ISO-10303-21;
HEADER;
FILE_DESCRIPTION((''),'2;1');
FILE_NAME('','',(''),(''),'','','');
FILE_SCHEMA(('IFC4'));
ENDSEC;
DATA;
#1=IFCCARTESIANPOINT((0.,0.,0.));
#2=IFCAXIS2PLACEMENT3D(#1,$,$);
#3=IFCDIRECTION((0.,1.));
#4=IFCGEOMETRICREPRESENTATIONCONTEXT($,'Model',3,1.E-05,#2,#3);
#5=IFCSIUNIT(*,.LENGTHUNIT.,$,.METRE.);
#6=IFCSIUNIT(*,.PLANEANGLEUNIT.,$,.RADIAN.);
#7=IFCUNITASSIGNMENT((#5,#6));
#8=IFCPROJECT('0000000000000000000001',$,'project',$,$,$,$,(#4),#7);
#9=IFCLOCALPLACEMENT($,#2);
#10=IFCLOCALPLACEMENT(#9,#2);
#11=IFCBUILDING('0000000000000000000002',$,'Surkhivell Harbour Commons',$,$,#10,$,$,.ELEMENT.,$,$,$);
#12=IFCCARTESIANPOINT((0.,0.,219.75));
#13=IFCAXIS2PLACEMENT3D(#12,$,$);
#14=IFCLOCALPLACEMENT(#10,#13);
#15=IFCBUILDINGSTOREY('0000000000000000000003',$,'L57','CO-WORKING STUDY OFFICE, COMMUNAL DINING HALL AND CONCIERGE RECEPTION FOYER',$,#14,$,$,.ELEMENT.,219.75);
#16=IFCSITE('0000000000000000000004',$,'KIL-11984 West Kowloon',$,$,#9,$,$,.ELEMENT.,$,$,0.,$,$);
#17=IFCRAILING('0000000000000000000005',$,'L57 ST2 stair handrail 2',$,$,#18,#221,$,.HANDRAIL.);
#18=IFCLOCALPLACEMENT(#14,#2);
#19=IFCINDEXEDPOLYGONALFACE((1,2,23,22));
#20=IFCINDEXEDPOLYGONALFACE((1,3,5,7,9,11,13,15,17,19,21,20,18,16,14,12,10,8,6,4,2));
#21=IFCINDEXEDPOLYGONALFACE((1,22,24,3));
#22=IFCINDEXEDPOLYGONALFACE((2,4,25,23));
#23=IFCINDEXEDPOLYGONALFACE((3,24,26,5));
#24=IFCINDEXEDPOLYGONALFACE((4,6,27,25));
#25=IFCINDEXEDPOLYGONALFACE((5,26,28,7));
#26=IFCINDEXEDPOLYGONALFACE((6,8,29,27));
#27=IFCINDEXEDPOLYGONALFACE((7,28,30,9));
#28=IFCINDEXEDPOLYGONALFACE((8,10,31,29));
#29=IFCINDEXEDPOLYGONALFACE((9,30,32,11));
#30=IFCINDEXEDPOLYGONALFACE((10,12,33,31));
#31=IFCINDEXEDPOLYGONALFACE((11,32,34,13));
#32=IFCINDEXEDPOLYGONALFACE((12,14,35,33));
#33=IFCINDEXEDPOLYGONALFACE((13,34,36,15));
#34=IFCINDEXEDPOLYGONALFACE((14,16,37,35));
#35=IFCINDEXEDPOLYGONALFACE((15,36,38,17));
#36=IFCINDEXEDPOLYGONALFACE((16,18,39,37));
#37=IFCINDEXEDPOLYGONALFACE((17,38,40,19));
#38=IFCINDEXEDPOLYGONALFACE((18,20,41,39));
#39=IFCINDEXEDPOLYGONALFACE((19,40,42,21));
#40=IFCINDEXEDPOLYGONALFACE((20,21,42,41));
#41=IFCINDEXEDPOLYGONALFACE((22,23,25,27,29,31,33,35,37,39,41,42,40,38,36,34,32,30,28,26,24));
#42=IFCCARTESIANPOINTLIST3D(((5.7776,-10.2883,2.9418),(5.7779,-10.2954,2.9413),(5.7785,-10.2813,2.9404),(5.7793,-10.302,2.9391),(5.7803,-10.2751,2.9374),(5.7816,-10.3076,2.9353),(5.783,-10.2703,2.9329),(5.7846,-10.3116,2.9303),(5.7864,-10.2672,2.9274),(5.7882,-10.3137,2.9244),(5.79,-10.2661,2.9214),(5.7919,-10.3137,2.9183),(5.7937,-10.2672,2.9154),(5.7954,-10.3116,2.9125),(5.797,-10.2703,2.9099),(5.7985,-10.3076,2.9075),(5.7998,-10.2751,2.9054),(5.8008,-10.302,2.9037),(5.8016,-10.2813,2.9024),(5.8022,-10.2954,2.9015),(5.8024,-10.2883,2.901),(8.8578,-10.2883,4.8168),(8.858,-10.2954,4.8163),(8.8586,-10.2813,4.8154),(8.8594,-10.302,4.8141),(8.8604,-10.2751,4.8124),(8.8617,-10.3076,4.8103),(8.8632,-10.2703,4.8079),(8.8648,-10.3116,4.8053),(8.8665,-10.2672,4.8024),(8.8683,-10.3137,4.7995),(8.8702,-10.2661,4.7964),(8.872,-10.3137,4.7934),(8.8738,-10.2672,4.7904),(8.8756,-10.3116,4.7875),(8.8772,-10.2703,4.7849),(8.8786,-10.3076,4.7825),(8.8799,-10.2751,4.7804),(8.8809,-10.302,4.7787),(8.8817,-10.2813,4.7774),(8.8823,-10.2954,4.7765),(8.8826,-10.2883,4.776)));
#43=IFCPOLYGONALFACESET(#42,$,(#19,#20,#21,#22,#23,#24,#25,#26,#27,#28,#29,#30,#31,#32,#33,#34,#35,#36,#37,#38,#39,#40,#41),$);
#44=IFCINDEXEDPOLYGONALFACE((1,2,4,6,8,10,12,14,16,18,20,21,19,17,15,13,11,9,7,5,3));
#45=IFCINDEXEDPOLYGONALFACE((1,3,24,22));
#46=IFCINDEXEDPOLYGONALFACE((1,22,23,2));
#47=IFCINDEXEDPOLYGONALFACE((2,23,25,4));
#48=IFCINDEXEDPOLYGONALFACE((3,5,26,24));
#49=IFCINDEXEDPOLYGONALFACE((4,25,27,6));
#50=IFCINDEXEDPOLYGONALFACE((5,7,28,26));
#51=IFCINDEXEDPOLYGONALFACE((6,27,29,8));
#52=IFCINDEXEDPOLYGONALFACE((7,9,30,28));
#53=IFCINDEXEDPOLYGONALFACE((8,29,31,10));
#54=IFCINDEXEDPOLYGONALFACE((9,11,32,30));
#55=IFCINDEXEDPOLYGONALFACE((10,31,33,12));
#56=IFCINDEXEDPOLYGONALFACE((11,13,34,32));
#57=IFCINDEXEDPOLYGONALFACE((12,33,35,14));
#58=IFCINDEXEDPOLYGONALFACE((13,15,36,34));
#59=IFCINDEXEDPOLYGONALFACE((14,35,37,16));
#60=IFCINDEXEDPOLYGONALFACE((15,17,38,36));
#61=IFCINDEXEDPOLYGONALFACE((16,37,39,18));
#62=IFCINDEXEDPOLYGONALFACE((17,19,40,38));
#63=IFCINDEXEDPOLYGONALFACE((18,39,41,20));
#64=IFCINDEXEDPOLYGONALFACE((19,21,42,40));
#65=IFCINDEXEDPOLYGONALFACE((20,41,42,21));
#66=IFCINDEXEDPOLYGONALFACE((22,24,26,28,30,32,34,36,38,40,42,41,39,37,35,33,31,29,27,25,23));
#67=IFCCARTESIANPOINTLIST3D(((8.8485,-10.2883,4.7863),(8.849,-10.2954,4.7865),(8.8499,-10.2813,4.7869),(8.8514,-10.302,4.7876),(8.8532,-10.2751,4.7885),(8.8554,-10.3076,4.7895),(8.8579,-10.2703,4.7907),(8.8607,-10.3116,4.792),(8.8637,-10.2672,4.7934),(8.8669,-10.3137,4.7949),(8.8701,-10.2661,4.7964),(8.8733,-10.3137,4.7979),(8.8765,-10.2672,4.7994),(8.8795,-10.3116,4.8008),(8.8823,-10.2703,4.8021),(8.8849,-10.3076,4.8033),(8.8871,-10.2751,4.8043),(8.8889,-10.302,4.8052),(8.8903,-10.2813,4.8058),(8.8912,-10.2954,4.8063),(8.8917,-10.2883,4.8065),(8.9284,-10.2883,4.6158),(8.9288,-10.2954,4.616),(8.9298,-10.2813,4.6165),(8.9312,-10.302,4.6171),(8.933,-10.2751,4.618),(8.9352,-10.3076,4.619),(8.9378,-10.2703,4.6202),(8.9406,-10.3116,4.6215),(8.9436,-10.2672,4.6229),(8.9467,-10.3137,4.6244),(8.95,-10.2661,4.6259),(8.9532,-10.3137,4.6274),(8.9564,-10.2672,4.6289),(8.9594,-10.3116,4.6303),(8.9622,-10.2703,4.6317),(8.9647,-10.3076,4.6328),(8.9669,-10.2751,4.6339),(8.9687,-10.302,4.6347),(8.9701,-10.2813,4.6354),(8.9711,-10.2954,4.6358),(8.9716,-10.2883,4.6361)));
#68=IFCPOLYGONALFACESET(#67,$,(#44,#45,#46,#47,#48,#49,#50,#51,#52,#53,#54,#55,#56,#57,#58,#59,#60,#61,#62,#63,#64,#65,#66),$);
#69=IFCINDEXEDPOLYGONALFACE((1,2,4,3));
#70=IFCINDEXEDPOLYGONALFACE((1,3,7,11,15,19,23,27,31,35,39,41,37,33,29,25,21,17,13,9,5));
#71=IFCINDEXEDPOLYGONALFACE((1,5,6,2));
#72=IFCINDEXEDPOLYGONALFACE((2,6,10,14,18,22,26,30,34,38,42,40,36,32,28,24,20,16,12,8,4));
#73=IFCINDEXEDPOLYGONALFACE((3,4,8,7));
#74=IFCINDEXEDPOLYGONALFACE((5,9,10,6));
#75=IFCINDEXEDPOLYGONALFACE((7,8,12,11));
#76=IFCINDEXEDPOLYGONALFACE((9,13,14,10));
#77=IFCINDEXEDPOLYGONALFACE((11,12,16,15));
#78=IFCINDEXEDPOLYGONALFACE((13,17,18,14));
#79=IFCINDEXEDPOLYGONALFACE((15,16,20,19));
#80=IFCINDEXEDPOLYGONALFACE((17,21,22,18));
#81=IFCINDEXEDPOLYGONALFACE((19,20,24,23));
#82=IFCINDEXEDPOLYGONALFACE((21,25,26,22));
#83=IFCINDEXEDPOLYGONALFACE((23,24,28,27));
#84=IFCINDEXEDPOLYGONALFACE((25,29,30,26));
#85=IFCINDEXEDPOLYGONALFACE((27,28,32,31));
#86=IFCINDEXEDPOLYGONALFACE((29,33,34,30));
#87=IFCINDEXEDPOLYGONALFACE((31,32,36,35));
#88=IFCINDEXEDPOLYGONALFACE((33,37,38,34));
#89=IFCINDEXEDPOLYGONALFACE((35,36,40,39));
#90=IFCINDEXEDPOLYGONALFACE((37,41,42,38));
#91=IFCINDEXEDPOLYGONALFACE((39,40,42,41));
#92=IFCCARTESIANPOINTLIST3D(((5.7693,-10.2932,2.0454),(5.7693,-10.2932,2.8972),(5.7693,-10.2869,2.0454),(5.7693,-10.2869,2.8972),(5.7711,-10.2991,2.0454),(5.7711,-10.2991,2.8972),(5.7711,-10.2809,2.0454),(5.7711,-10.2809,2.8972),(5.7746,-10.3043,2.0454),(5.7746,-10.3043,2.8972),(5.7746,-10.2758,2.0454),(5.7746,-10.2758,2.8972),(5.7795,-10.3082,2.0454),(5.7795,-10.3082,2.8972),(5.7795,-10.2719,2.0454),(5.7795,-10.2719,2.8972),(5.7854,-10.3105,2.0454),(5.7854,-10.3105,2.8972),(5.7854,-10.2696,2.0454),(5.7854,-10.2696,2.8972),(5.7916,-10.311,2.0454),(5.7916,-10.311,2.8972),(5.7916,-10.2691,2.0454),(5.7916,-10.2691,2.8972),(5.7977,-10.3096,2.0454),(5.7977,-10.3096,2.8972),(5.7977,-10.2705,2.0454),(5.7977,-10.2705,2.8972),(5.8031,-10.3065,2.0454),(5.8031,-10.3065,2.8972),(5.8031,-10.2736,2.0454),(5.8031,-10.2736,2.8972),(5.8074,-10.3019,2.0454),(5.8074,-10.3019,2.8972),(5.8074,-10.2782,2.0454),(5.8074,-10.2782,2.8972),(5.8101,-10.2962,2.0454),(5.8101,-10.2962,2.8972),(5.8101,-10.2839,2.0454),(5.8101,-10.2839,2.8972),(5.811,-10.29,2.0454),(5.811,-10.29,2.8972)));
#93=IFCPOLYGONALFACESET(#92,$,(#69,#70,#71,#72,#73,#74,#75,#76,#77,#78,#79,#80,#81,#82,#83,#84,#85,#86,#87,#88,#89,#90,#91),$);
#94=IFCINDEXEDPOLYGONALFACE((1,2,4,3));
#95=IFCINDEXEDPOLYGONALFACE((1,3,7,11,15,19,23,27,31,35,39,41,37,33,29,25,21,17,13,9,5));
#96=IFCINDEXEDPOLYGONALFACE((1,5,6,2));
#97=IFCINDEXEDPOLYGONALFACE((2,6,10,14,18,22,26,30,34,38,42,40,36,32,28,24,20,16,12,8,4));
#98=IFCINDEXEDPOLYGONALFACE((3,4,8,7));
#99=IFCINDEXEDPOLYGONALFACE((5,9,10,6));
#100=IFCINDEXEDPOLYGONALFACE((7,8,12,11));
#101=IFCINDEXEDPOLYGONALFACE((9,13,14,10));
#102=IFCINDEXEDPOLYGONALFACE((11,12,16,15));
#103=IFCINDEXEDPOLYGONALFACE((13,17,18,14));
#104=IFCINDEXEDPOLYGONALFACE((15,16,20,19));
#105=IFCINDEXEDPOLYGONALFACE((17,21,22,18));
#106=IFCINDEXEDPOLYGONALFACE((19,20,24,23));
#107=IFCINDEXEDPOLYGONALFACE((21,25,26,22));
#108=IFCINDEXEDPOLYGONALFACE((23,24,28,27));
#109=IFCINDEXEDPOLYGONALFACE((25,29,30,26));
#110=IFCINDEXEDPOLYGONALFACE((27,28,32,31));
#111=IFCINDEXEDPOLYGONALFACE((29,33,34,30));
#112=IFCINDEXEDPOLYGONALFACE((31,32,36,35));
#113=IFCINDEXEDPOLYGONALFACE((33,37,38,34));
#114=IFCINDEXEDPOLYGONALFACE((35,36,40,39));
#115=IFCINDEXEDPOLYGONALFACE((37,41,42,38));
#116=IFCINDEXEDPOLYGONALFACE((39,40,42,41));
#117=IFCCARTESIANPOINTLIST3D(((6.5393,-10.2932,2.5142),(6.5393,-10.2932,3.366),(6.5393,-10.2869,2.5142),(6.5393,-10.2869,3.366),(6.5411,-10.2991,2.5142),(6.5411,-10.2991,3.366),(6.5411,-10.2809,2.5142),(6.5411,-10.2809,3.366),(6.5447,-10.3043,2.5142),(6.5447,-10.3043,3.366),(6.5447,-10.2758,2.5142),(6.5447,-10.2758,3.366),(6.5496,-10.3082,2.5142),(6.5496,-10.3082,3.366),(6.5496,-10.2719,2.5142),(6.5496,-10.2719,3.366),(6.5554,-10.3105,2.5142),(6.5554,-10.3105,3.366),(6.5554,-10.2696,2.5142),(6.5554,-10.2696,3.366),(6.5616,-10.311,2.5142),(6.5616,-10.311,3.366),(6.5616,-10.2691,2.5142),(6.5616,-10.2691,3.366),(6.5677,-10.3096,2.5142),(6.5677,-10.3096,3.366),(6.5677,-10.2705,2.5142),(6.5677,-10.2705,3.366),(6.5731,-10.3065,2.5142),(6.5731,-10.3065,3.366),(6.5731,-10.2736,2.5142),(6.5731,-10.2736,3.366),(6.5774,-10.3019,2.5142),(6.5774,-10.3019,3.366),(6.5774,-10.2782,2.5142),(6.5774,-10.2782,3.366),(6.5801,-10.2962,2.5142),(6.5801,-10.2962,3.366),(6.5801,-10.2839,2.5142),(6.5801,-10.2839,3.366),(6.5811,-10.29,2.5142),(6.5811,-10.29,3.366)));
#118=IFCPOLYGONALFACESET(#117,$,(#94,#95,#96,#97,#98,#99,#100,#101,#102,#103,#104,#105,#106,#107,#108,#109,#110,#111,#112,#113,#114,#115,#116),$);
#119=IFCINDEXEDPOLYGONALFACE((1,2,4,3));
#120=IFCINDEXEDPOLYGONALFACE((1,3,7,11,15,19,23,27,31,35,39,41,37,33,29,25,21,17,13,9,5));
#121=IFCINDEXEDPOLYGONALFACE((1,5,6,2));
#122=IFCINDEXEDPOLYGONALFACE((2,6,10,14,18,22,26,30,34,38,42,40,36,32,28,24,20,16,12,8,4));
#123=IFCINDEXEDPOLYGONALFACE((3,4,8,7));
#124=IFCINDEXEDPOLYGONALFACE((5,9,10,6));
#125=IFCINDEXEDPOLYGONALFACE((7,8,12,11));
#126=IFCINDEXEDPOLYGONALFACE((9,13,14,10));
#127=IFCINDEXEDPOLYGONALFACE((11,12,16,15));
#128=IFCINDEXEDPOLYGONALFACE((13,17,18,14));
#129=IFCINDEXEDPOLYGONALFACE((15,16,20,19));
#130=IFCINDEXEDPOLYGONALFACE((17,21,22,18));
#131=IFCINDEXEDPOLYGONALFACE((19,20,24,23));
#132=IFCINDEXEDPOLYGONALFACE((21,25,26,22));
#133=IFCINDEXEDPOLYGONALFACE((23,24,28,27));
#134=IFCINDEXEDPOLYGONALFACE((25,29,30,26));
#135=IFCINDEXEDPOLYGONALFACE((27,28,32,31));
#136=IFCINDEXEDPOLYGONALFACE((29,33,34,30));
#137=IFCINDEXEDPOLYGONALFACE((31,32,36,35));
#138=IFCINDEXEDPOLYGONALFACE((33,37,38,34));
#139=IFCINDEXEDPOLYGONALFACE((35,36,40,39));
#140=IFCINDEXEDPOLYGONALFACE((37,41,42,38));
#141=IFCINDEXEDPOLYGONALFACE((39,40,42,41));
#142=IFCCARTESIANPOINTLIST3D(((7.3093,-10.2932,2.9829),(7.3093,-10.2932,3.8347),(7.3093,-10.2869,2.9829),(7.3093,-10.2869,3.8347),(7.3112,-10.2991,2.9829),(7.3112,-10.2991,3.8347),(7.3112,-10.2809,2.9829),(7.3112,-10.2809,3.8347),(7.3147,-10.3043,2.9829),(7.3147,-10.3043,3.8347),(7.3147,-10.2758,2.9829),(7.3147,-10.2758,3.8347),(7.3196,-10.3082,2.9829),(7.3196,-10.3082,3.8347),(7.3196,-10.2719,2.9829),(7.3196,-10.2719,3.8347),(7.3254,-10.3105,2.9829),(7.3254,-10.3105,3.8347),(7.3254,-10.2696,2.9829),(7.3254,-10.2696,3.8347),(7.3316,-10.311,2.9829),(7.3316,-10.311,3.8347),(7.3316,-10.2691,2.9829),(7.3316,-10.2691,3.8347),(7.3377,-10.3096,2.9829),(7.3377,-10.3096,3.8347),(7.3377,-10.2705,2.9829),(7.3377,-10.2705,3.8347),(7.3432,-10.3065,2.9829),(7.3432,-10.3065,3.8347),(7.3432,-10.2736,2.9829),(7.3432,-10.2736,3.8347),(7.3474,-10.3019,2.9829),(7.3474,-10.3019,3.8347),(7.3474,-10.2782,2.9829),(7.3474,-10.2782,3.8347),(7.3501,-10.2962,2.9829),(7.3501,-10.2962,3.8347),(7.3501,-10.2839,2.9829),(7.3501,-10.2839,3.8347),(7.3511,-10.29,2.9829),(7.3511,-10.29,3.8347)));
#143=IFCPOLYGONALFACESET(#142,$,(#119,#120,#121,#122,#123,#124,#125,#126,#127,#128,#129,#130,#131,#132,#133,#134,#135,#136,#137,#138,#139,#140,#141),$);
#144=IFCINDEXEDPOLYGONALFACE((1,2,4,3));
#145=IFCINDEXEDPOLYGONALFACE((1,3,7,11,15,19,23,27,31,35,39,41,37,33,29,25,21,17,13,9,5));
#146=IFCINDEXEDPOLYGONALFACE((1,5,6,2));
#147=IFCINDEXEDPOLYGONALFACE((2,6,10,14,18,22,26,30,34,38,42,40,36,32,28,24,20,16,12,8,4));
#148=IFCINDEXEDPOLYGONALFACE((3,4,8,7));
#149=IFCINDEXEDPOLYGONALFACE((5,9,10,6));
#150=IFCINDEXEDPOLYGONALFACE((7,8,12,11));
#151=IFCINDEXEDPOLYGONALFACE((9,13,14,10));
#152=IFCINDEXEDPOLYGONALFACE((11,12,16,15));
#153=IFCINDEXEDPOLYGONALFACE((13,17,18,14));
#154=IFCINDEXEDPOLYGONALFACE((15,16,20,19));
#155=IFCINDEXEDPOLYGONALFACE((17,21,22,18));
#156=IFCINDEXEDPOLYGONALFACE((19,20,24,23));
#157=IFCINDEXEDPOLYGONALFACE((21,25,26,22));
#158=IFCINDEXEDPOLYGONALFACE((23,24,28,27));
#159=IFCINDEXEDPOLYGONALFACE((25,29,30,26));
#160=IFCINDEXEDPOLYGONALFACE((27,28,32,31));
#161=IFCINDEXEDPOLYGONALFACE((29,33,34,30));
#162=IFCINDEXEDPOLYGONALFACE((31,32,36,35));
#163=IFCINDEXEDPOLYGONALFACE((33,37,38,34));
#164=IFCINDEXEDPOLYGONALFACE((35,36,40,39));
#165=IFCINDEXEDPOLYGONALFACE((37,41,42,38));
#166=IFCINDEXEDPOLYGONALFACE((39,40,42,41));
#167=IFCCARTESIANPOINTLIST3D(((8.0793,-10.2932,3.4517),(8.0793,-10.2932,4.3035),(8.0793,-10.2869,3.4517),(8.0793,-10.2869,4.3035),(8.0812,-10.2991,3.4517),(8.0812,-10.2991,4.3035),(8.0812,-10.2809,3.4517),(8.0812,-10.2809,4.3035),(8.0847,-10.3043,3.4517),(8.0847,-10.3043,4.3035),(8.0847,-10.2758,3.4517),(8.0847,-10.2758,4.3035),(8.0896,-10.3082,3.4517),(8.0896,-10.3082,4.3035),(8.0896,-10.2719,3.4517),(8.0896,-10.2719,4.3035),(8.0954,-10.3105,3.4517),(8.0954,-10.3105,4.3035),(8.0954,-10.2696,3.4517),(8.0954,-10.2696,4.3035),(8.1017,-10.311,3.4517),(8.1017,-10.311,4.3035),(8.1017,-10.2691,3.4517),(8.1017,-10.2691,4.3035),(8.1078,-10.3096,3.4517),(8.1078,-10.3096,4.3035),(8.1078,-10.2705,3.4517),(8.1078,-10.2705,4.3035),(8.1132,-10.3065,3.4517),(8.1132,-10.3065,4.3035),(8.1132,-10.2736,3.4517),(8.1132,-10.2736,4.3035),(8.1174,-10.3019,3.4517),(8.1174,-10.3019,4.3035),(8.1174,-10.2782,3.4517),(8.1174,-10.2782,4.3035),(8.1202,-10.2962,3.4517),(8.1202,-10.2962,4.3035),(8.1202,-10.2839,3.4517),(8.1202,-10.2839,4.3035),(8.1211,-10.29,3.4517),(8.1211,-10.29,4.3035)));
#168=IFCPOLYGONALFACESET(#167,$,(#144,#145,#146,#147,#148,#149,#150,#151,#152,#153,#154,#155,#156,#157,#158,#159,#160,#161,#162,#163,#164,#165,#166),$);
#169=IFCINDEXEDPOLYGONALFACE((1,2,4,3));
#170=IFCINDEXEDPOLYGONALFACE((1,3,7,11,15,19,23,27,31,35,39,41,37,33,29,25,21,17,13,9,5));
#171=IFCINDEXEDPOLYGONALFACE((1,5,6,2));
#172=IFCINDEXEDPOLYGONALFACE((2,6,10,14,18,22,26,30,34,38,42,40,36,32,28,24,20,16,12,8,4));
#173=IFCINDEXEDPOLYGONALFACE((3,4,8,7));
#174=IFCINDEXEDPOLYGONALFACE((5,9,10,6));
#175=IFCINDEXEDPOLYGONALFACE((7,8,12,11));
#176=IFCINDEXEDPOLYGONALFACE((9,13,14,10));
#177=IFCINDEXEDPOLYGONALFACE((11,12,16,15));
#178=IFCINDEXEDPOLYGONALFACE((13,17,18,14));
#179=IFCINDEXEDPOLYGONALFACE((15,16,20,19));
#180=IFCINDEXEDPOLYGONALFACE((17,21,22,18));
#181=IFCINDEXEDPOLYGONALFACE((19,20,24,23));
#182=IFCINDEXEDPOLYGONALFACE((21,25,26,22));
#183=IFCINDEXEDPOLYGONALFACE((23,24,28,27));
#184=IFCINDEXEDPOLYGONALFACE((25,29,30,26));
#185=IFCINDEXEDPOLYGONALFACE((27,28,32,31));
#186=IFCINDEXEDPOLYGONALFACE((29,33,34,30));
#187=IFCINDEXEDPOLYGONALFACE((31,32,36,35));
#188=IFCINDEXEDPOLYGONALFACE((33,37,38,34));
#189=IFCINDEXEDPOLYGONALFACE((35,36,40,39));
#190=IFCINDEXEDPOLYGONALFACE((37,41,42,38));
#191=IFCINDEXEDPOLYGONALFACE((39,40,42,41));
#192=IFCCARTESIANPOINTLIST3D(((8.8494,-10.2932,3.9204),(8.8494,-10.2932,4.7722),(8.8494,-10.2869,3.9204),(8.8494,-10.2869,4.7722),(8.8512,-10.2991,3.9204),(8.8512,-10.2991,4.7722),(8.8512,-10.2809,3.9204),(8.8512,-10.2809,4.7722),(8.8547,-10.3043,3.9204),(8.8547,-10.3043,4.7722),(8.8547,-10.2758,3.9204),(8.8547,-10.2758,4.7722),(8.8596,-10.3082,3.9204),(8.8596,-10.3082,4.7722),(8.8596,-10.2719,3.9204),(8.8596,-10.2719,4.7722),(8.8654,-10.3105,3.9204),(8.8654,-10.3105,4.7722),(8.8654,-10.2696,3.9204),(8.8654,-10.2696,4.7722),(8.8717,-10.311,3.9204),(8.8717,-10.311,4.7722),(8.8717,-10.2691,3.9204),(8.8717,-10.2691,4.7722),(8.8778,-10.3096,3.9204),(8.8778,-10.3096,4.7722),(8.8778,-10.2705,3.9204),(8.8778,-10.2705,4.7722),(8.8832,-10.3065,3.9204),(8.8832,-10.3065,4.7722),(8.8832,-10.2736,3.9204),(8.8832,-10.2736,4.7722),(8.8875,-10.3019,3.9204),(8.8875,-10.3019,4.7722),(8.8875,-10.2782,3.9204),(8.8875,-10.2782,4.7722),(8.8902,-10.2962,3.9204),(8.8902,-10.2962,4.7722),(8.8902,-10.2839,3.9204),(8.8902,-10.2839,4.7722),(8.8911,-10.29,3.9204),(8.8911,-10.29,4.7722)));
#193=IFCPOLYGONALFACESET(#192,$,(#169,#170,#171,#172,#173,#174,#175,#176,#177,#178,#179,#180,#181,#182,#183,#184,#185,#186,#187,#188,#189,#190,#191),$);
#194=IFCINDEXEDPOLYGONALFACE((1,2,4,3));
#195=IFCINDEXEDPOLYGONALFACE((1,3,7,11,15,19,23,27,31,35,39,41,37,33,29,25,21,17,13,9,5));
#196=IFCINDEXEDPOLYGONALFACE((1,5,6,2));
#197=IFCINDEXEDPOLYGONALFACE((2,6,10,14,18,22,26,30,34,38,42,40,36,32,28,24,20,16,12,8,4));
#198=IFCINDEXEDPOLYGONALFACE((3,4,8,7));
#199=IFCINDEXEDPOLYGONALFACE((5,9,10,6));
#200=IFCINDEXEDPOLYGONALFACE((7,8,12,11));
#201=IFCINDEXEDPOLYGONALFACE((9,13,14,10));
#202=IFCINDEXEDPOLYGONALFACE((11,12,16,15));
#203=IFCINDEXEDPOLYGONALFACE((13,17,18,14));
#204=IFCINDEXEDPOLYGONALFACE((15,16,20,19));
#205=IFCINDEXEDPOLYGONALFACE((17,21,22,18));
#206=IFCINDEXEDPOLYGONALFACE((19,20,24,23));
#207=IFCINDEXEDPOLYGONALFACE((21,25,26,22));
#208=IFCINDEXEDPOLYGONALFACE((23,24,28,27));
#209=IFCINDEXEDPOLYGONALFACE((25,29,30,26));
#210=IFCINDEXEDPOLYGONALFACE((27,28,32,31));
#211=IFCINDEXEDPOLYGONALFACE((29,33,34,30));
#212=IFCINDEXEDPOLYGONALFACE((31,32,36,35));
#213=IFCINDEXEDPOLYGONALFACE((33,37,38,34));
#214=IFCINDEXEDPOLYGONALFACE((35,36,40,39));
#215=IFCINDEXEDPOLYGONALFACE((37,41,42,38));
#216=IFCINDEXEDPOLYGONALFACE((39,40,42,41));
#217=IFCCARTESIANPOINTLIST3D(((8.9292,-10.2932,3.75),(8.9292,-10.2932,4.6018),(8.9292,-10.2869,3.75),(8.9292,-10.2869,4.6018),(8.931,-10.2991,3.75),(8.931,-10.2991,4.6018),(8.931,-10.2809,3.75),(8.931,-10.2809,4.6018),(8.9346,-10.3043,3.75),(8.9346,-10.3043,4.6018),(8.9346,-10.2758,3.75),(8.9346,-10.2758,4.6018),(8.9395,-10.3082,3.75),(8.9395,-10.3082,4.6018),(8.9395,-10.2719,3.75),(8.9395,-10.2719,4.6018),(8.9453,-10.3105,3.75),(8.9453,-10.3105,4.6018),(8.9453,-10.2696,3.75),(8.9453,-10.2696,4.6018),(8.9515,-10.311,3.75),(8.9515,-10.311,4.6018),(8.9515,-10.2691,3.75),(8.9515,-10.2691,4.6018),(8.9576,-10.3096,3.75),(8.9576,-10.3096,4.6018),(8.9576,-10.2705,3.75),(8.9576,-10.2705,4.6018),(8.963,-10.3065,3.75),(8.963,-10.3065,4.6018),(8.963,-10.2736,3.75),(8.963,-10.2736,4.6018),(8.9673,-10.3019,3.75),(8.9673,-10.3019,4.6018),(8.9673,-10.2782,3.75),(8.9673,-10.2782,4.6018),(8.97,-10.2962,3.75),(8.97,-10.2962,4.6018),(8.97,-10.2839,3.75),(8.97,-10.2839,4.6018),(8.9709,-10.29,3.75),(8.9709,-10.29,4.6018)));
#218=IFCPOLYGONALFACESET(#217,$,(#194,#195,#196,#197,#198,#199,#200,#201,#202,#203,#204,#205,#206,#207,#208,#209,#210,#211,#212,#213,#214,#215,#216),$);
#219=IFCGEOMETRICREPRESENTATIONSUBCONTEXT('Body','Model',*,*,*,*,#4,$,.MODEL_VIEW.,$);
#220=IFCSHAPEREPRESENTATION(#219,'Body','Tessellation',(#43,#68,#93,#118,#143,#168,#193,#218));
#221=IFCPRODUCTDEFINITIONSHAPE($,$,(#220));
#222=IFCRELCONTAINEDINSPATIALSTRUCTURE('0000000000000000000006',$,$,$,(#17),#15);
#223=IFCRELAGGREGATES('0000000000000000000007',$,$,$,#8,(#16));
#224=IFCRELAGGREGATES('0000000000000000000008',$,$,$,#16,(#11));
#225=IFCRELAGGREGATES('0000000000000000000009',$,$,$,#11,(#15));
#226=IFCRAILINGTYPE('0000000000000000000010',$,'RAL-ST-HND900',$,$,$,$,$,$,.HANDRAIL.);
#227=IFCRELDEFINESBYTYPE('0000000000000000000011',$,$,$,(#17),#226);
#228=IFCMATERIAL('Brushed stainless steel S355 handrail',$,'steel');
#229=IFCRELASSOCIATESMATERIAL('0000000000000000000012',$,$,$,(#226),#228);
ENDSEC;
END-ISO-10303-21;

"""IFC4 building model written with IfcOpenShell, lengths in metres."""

from ifc_helpers import new_model, si_unit, direction, frame, origin, origin_2d, place, context, subcontext, project, spatial, circle, extrude, material, type_object, element, save


model = new_model("IFC4")

# Units and contexts
model_context = context("Model", 3, precision=1e-05, world=origin(), true_north=direction((0.0, 1.0)))
body_context = subcontext(model_context, "Body", "Model", "MODEL_VIEW")
ifc_project = project(units=[si_unit("LENGTHUNIT", "METRE"), si_unit("PLANEANGLEUNIT", "RADIAN")], contexts=[model_context])

# Site, building, storey
site_placement = place(None, origin())
site = spatial("IfcSite", under=ifc_project, at=site_placement, Name="KIL-11984 West Kowloon", CompositionType="ELEMENT", RefElevation=0.0)
building_placement = place(site_placement, origin())
building = spatial("IfcBuilding", under=site, at=building_placement, Name="Surkhivell Harbour Commons", CompositionType="ELEMENT")
storey_placement = place(building_placement, frame((0.0, 0.0, 219.75)))
storey = spatial("IfcBuildingStorey", under=building, at=storey_placement, Name="L57", Description="CO-WORKING STUDY OFFICE, COMMUNAL DINING HALL AND CONCIERGE RECEPTION FOYER", CompositionType="ELEMENT", Elevation=219.75)

# Railing
ifc_material_1 = material(Name="Brushed stainless steel S355 handrail", Category="steel")
railing_type_1 = type_object("IfcRailingType", Name="RAL-ST-HND900", PredefinedType="HANDRAIL", material=ifc_material_1)
railing_1_placement = place(storey_placement, frame((5.79, -10.29, 2.0454)))
element("IfcRailing", 1, at=railing_1_placement, inside=storey, type_object=railing_type_1, Name="L57 ST2 stair handrail 2", PredefinedType="HANDRAIL", context=body_context, shape_type="SweptSolid", body=[
    extrude(circle(Radius=0.0239, at=origin_2d()), frame((0.0, 0.0, 0.876), z_axis=(0.854178, 0.0, 0.519981), x_axis=(0.0, 1.0, 0.0)), (0.0, 0.0, 1.0), 3.606),
    extrude(circle(Radius=0.0239, at=origin_2d()), frame((3.0801, 0.0, 2.751), z_axis=(0.424234, 0.0, -0.905552), x_axis=(0.0, 1.0, 0.0)), (0.0, 0.0, 1.0), 0.1882),
    extrude(circle(Radius=0.021, at=origin_2d()), origin(), (0.0, 0.0, 1.0), 0.8518),
    extrude(circle(Radius=0.021, at=origin_2d()), frame((0.77, 0.0, 0.4688)), (0.0, 0.0, 1.0), 0.8518),
    extrude(circle(Radius=0.021, at=origin_2d()), frame((1.54, 0.0, 0.9375)), (0.0, 0.0, 1.0), 0.8518),
    extrude(circle(Radius=0.021, at=origin_2d()), frame((2.3101, 0.0, 1.4062)), (0.0, 0.0, 1.0), 0.8518),
    extrude(circle(Radius=0.021, at=origin_2d()), frame((3.0801, 0.0, 1.875)), (0.0, 0.0, 1.0), 0.8518),
    extrude(circle(Radius=0.021, at=origin_2d()), frame((3.1599, 0.0, 1.7046)), (0.0, 0.0, 1.0), 0.8518),
])

save(model, "model.ifc")
